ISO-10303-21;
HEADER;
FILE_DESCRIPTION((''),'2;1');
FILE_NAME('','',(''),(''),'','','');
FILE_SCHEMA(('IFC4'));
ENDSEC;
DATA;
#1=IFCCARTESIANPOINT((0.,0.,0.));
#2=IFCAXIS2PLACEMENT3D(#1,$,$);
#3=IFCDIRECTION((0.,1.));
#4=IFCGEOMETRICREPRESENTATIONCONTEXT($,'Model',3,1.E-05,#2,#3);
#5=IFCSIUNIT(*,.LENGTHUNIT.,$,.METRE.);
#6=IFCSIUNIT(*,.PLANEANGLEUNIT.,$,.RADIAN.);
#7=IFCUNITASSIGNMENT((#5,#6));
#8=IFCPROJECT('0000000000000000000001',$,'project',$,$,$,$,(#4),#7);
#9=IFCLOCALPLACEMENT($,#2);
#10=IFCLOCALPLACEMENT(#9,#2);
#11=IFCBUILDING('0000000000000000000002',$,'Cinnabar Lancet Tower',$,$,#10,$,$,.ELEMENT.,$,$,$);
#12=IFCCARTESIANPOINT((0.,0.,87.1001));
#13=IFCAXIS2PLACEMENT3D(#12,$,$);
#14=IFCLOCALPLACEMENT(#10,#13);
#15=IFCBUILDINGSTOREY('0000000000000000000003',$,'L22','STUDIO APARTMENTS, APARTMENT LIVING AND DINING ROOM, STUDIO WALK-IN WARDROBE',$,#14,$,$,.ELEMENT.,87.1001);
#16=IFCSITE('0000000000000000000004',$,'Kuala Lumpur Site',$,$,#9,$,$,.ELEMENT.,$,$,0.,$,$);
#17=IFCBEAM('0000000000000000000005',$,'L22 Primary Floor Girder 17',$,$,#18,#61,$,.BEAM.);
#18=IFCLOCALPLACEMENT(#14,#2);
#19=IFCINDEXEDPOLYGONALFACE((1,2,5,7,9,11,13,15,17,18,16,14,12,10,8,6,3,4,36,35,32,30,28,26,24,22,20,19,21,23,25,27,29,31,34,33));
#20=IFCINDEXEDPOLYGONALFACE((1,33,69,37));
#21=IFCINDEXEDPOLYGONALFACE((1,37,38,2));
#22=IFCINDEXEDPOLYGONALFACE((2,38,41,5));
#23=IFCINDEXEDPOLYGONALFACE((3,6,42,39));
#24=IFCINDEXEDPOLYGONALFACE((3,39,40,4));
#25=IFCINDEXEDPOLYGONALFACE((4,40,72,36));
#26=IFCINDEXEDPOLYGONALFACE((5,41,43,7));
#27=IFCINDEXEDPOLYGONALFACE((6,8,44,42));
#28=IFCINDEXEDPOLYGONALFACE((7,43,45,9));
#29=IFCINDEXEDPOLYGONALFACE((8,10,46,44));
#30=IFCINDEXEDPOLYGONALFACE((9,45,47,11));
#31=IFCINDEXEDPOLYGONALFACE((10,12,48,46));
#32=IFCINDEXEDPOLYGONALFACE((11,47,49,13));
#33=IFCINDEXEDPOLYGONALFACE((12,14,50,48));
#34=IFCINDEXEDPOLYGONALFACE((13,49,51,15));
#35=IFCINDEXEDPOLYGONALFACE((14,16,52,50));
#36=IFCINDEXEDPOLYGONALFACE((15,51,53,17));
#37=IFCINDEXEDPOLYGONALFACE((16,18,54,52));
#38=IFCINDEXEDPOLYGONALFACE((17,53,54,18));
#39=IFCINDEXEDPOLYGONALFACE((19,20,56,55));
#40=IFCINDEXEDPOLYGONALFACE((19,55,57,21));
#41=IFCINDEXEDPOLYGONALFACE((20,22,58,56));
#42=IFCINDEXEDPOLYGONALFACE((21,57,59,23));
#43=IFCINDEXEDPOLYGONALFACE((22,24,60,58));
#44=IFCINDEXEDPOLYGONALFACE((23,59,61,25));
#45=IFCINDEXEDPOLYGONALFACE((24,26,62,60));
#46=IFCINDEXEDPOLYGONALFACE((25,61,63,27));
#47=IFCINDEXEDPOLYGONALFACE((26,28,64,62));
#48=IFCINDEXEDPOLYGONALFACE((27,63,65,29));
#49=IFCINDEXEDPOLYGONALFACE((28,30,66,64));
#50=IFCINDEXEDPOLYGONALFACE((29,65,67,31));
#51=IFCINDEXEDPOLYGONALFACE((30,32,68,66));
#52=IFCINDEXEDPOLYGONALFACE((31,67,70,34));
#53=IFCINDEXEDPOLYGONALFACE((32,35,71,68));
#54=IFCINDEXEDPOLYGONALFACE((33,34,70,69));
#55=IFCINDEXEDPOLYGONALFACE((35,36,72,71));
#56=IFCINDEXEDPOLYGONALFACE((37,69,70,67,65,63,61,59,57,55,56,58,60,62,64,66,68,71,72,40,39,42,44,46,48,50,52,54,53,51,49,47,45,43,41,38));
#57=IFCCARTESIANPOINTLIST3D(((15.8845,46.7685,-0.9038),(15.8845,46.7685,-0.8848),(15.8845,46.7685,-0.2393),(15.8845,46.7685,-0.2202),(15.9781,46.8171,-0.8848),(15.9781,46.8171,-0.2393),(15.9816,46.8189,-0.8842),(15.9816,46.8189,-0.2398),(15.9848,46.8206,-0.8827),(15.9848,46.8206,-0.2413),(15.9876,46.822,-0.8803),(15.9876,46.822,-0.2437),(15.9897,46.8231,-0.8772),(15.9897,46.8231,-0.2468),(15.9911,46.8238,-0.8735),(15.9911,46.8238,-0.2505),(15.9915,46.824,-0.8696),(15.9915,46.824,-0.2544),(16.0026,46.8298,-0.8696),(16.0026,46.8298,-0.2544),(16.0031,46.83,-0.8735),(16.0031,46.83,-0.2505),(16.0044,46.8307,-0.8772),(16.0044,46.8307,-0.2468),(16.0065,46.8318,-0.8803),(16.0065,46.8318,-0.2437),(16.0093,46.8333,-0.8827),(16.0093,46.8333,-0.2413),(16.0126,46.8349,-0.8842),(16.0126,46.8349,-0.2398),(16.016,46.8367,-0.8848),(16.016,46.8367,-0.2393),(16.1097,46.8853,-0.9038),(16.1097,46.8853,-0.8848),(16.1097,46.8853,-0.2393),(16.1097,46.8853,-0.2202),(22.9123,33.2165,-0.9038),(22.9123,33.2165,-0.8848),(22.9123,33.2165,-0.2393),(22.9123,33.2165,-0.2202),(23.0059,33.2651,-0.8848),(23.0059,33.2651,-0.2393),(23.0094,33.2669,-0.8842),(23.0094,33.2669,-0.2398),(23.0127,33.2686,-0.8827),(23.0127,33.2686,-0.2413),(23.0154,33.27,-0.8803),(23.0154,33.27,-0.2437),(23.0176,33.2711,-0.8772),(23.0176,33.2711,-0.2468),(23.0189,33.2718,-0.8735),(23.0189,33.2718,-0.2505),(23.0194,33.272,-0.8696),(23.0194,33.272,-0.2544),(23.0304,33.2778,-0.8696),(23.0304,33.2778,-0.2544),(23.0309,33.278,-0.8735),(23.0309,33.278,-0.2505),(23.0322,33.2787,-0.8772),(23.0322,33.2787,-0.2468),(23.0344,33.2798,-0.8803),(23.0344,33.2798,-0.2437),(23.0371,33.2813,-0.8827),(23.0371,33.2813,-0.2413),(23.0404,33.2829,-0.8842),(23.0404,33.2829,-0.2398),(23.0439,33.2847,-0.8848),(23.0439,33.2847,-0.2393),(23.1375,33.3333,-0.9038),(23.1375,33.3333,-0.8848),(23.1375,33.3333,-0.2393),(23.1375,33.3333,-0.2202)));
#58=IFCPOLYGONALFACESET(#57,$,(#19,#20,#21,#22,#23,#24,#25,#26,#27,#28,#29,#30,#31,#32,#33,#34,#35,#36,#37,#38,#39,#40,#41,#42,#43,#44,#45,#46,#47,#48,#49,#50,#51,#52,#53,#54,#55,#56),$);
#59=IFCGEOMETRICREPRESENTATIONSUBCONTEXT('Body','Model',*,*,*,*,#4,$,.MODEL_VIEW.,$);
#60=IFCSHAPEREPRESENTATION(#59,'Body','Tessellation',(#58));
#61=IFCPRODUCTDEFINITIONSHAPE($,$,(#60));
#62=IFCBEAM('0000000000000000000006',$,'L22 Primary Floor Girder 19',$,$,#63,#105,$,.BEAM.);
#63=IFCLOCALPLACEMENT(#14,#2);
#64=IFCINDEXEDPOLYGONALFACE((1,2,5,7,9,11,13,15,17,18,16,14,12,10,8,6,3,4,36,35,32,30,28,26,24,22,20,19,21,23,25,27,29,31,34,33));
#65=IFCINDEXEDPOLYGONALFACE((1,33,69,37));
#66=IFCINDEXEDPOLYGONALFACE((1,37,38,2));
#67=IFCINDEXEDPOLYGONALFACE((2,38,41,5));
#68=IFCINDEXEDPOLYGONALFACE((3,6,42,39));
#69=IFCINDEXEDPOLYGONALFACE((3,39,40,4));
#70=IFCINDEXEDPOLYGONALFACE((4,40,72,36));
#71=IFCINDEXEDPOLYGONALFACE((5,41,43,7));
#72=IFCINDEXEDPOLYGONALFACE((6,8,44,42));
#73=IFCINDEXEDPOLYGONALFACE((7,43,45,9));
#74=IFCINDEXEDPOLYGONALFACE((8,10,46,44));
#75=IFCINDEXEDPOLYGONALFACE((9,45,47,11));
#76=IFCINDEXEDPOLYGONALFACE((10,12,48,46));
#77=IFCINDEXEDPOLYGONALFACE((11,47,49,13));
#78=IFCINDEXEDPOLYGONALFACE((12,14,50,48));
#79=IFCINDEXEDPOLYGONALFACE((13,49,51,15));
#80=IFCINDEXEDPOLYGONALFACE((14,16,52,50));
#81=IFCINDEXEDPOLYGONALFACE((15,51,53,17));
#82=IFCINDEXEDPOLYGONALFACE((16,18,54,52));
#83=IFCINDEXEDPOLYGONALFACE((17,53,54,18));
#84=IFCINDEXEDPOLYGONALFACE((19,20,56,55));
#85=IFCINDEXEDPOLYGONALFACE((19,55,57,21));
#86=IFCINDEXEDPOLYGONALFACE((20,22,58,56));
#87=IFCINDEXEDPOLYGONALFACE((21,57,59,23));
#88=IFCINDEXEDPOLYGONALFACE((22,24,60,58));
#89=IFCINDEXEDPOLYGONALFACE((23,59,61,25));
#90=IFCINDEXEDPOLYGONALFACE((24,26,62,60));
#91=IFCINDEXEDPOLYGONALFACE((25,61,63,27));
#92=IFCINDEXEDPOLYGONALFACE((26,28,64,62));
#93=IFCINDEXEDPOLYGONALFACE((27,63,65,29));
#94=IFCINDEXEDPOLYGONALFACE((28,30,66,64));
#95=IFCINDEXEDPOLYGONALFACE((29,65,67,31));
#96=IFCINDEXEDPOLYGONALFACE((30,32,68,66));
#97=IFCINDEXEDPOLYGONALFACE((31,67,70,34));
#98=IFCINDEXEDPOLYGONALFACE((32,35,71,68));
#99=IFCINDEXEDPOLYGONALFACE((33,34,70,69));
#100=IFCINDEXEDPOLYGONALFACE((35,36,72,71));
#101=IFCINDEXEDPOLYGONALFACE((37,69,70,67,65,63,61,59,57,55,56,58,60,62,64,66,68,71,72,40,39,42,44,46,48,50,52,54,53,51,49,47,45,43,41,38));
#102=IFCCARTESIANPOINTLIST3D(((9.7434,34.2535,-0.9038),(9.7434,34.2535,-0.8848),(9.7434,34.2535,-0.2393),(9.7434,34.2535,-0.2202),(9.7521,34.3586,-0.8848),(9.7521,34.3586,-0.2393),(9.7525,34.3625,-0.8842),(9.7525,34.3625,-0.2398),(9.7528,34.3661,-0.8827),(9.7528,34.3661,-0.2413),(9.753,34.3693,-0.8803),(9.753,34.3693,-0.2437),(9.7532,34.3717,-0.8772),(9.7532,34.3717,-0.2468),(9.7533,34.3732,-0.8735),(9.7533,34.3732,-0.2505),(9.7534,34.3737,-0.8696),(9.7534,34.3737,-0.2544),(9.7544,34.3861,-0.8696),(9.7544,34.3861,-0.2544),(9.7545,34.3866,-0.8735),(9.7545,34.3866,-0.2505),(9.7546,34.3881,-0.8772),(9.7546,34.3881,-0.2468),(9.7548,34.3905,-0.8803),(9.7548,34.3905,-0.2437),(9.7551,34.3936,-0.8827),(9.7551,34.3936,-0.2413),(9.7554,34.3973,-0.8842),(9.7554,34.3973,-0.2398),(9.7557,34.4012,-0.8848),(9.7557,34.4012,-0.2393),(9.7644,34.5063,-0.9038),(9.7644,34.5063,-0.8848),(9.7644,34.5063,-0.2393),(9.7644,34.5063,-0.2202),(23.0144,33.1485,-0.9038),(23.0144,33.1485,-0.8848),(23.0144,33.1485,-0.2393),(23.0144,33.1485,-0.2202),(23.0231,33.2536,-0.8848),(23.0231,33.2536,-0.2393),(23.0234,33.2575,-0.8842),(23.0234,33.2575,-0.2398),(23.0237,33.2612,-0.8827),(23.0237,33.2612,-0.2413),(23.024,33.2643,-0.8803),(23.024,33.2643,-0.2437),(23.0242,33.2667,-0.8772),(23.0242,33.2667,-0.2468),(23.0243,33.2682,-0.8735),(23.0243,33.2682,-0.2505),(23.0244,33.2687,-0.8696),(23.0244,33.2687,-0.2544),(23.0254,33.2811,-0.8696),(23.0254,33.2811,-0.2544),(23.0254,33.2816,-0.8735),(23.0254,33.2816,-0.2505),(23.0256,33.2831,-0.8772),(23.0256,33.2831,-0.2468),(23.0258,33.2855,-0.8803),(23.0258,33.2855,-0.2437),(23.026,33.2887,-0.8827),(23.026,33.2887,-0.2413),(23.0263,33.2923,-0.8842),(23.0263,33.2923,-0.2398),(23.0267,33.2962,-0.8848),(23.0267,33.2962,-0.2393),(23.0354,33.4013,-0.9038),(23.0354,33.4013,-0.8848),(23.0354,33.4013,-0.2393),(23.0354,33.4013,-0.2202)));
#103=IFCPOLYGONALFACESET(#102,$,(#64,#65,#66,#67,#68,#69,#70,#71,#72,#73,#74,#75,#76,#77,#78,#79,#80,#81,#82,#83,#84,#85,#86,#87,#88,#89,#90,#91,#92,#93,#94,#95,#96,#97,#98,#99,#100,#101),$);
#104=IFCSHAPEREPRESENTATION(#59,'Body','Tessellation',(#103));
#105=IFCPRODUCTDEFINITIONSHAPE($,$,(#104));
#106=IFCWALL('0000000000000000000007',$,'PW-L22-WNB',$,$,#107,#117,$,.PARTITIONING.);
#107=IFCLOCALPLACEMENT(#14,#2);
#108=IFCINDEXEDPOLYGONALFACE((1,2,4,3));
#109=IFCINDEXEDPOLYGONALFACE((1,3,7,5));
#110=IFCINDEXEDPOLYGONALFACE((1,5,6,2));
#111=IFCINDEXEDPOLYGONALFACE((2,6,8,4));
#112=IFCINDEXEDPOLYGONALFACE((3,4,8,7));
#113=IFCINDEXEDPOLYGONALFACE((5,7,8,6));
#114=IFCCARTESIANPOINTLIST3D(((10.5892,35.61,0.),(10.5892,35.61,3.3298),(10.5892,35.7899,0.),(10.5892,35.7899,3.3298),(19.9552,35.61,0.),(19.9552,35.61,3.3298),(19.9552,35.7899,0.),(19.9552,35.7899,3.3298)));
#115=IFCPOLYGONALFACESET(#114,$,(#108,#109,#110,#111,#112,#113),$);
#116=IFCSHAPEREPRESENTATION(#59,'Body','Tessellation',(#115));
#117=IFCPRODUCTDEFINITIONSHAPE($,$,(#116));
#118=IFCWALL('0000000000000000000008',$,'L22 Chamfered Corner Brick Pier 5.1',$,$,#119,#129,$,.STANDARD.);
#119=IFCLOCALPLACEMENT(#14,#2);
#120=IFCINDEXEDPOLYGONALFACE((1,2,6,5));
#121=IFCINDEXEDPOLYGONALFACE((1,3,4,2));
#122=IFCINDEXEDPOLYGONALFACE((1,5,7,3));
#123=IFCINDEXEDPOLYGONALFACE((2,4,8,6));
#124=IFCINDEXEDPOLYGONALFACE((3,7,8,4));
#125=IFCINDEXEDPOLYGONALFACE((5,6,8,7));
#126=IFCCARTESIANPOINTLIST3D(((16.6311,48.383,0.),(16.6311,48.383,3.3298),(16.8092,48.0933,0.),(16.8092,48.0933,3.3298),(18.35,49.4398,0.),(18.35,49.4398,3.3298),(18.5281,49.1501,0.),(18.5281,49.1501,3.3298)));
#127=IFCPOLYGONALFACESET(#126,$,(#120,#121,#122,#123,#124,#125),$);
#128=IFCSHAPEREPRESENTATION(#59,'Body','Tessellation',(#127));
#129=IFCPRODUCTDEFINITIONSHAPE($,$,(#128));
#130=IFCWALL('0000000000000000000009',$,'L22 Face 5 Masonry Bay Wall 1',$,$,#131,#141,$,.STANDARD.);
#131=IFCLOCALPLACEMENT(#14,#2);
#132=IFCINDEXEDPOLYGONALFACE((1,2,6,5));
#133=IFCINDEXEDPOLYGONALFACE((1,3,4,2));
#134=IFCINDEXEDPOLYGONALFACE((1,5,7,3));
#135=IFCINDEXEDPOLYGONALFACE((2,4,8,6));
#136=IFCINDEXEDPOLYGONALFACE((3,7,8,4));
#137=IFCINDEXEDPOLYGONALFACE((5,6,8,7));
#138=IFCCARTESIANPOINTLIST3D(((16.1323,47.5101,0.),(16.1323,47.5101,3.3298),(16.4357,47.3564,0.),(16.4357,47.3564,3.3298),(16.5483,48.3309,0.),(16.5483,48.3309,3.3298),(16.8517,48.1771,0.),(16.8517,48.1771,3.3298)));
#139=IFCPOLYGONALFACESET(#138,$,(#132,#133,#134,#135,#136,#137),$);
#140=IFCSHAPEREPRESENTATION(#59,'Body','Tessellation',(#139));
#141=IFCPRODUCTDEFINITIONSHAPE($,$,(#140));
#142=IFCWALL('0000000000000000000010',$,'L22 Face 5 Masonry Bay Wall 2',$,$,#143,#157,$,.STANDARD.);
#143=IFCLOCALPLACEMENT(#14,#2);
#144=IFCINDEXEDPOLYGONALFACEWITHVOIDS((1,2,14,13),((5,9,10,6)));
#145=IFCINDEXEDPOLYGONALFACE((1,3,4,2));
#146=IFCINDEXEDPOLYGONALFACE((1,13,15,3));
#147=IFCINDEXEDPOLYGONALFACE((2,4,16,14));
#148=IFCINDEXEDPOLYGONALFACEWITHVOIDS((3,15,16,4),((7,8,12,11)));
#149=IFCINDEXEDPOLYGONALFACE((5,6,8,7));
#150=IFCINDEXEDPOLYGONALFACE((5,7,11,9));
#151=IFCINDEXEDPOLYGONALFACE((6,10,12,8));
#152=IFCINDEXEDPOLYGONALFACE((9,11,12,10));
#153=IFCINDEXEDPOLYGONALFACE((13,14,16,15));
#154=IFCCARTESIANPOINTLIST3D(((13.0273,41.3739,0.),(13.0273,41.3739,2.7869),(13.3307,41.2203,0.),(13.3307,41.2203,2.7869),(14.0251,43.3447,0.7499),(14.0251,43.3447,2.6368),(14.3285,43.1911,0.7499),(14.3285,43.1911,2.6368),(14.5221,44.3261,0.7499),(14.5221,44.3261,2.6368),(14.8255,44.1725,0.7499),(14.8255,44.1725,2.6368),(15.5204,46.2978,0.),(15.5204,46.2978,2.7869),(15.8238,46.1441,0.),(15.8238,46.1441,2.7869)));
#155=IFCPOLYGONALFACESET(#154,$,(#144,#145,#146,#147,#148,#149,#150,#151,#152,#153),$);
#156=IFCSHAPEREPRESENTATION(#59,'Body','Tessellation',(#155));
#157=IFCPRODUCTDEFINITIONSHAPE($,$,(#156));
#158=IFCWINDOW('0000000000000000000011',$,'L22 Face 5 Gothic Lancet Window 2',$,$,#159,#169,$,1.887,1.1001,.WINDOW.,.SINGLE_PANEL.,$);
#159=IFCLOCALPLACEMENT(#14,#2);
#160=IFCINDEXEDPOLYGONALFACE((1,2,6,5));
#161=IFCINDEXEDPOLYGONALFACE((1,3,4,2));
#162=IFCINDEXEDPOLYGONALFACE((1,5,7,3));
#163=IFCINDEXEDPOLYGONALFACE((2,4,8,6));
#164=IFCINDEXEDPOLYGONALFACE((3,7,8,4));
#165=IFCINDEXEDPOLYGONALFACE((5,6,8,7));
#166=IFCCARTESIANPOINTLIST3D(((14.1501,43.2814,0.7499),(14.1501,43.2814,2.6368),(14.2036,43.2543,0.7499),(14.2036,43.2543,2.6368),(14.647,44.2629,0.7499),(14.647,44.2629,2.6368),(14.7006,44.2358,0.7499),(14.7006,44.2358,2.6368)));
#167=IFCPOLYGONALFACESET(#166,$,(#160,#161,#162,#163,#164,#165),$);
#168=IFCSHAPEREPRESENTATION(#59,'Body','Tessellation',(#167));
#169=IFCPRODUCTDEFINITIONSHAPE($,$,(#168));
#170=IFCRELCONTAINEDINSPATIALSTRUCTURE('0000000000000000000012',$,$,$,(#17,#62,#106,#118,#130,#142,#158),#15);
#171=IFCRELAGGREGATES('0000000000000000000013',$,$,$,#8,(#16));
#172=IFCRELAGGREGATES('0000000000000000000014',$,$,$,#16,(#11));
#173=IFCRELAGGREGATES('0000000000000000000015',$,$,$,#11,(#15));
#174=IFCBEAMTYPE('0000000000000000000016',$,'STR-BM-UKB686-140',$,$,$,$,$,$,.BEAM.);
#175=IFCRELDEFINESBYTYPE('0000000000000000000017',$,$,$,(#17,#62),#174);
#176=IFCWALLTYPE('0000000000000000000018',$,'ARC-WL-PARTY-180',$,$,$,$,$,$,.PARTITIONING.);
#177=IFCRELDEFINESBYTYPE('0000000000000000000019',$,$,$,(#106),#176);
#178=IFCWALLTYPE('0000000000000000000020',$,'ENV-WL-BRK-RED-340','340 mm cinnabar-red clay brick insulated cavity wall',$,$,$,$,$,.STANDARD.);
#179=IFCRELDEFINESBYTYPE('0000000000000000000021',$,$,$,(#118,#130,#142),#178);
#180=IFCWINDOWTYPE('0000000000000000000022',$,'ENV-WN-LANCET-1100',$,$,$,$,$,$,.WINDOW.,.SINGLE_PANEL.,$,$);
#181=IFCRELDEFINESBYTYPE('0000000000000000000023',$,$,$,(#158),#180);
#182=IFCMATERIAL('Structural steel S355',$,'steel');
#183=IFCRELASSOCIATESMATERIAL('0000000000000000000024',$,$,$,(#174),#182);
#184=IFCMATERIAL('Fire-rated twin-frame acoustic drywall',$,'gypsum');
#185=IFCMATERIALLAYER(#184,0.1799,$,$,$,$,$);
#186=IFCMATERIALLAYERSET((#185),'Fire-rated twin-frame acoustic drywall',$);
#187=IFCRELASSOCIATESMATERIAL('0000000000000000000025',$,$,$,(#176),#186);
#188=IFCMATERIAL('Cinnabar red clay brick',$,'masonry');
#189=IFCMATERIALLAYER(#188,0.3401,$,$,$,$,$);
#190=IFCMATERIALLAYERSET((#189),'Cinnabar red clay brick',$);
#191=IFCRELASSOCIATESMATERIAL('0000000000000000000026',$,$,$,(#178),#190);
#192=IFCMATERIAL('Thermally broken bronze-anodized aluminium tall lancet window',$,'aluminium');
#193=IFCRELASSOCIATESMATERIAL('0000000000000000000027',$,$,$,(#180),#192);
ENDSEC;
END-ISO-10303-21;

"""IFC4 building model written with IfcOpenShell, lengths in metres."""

from ifc_helpers import new_model, si_unit, direction, frame, frame_2d, origin, origin_2d, place, context, subcontext, project, spatial, rectangle, i_section, extrude, material, layer, layer_set, material_profile, profile_set, type_object, element, fill, save


model = new_model("IFC4")

# Units and contexts
model_context = context("Model", 3, precision=1e-05, world=origin(), true_north=direction((0.0, 1.0)))
body_context = subcontext(model_context, "Body", "Model", "MODEL_VIEW")
ifc_project = project(units=[si_unit("LENGTHUNIT", "METRE"), si_unit("PLANEANGLEUNIT", "RADIAN")], contexts=[model_context])

# Site, building, storey
site_placement = place(None, origin())
site = spatial("IfcSite", under=ifc_project, at=site_placement, Name="Kuala Lumpur Site", CompositionType="ELEMENT", RefElevation=0.0)
building_placement = place(site_placement, origin())
building = spatial("IfcBuilding", under=site, at=building_placement, Name="Cinnabar Lancet Tower", CompositionType="ELEMENT")
storey_placement = place(building_placement, frame((0.0, 0.0, 87.1001)))
storey = spatial("IfcBuildingStorey", under=building, at=storey_placement, Name="L22", Description="STUDIO APARTMENTS, APARTMENT LIVING AND DINING ROOM, STUDIO WALK-IN WARDROBE", CompositionType="ELEMENT", Elevation=87.1001)

# Beams
ifc_material_1 = material(Name="Structural steel S355", Category="steel")
ifc_material_profile_1 = material_profile(ifc_material_1, i_section(OverallWidth=0.2537, OverallDepth=0.6836, WebThickness=0.0125, FlangeThickness=0.019, FilletRadius=0.0151, at=origin_2d()), Name="UKB 686x254x140")
ifc_profile_set_1 = profile_set([ifc_material_profile_1], Name="Structural steel S355")
beam_type_1 = type_object("IfcBeamType", Name="STR-BM-UKB686-140", PredefinedType="BEAM", material=ifc_profile_set_1)
beam_1_placement = place(storey_placement, frame((15.9971, 46.8269, -0.562), z_axis=(0.460362, -0.887731, 0.0), x_axis=(0.887731, 0.460362, 0.0)))
element("IfcBeam", 1, at=beam_1_placement, inside=storey, type_object=beam_type_1, Name="L22 Primary Floor Girder 17", PredefinedType="BEAM", context=body_context, shape_type="SweptSolid", body=[
    extrude(i_section(OverallWidth=0.2537, OverallDepth=0.6836, WebThickness=0.0125, FlangeThickness=0.019, FilletRadius=0.0151, at=origin_2d()), origin(), (0.0, 0.0, 1.0), 15.2659),
])
beam_2_placement = place(storey_placement, frame((9.7539, 34.3799, -0.562), z_axis=(0.996552, -0.082976, 0.0), x_axis=(0.082976, 0.996552, 0.0)))
element("IfcBeam", 2, at=beam_2_placement, inside=storey, type_object=beam_type_1, Name="L22 Primary Floor Girder 19", PredefinedType="BEAM", context=body_context, shape_type="SweptSolid", body=[
    extrude(i_section(OverallWidth=0.2537, OverallDepth=0.6836, WebThickness=0.0125, FlangeThickness=0.019, FilletRadius=0.0151, at=origin_2d()), origin(), (0.0, 0.0, 1.0), 13.3169),
])

# Walls
ifc_material_2 = material(Name="Fire-rated twin-frame acoustic drywall", Category="gypsum")
ifc_layer_1 = layer(ifc_material_2, 0.1799)
ifc_layer_set_1 = layer_set([ifc_layer_1], Name="Fire-rated twin-frame acoustic drywall")
wall_type_1 = type_object("IfcWallType", Name="ARC-WL-PARTY-180", PredefinedType="PARTITIONING", material=ifc_layer_set_1)
wall_1_placement = place(storey_placement, frame((10.5891, 35.7, 0.0), z_axis=(0.0, 0.0, 1.0), x_axis=(1.0, 0.0, 0.0)))
element("IfcWall", 3, at=wall_1_placement, inside=storey, type_object=wall_type_1, Name="PW-L22-WNB", PredefinedType="PARTITIONING", context=body_context, shape_type="SweptSolid", body=[
    extrude(rectangle(XDim=9.366, YDim=0.1799, at=frame_2d((4.6831, 0.0))), origin(), (0.0, 0.0, 1.0), 3.3298),
])
ifc_material_3 = material(Name="Cinnabar red clay brick", Category="masonry")
ifc_layer_2 = layer(ifc_material_3, 0.3401)
ifc_layer_set_2 = layer_set([ifc_layer_2], Name="Cinnabar red clay brick")
wall_type_2 = type_object("IfcWallType", Name="ENV-WL-BRK-RED-340", Description="340 mm cinnabar-red clay brick insulated cavity wall", PredefinedType="STANDARD", material=ifc_layer_set_2)
wall_2_placement = place(storey_placement, frame((18.439, 49.2949, 0.0), z_axis=(0.0, 0.0, 1.0), x_axis=(-0.85187, -0.523753, 0.0)))
element("IfcWall", 4, at=wall_2_placement, inside=storey, type_object=wall_type_2, Name="L22 Chamfered Corner Brick Pier 5.1", PredefinedType="STANDARD", context=body_context, shape_type="SweptSolid", body=[
    extrude(rectangle(XDim=2.0178, YDim=0.3401, at=frame_2d((1.0088, 0.0))), origin(), (0.0, 0.0, 1.0), 3.3298),
])
wall_3_placement = place(storey_placement, frame((16.7, 48.2539, 0.0), z_axis=(0.0, 0.0, 1.0), x_axis=(-0.452089, -0.891973, 0.0)))
element("IfcWall", 5, at=wall_3_placement, inside=storey, type_object=wall_type_2, Name="L22 Face 5 Masonry Bay Wall 1", PredefinedType="STANDARD", context=body_context, shape_type="SweptSolid", body=[
    extrude(rectangle(XDim=0.9202, YDim=0.3401, at=frame_2d((0.46, 0.0))), origin(), (0.0, 0.0, 1.0), 3.3298),
])

# Wall, opening, window
wall_4_placement = place(storey_placement, frame((15.6721, 46.2209, 0.0), z_axis=(0.0, 0.0, 1.0), x_axis=(-0.451738, -0.892151, 0.0)))
wall_4 = element("IfcWall", 6, at=wall_4_placement, inside=storey, type_object=wall_type_2, Name="L22 Face 5 Masonry Bay Wall 2", PredefinedType="STANDARD", context=body_context, shape_type="SweptSolid", body=[
    extrude(rectangle(XDim=5.519, YDim=0.3401, at=frame_2d((2.7595, 0.0))), origin(), (0.0, 0.0, 1.0), 2.7869),
])
opening_1_placement = place(wall_4_placement, frame((2.21, 0.0, 0.75)))
opening_1 = element("IfcOpeningElement", 7, at=opening_1_placement, cuts=wall_4, PredefinedType="OPENING", context=body_context, shape_type="SweptSolid", body=[
    extrude(rectangle(XDim=1.1001, YDim=1.887, at=frame_2d((0.55, 0.9434))), frame((0.0, 0.1799, 0.0), z_axis=(0.0, -1.0, 0.0), x_axis=(1.0, 0.0, 0.0)), (0.0, 0.0, 1.0), 0.3601),
])
ifc_material_4 = material(Name="Thermally broken bronze-anodized aluminium tall lancet window", Category="aluminium")
window_type = type_object("IfcWindowType", Name="ENV-WN-LANCET-1100", PartitioningType="SINGLE_PANEL", PredefinedType="WINDOW", material=ifc_material_4)
window_1_placement = place(opening_1_placement, origin())
window_1 = element("IfcWindow", 8, at=window_1_placement, inside=storey, type_object=window_type, Name="L22 Face 5 Gothic Lancet Window 2", OverallHeight=1.887, OverallWidth=1.1001, PartitioningType="SINGLE_PANEL", PredefinedType="WINDOW", context=body_context, shape_type="SweptSolid", body=[
    extrude(rectangle(XDim=1.1001, YDim=1.887, at=frame_2d((0.55, 0.9434))), frame((0.0, 0.03, 0.0), z_axis=(0.0, -1.0, 0.0), x_axis=(1.0, 0.0, 0.0)), (0.0, 0.0, 1.0), 0.0601),
])
fill(opening_1, window_1)

save(model, "model.ifc")
